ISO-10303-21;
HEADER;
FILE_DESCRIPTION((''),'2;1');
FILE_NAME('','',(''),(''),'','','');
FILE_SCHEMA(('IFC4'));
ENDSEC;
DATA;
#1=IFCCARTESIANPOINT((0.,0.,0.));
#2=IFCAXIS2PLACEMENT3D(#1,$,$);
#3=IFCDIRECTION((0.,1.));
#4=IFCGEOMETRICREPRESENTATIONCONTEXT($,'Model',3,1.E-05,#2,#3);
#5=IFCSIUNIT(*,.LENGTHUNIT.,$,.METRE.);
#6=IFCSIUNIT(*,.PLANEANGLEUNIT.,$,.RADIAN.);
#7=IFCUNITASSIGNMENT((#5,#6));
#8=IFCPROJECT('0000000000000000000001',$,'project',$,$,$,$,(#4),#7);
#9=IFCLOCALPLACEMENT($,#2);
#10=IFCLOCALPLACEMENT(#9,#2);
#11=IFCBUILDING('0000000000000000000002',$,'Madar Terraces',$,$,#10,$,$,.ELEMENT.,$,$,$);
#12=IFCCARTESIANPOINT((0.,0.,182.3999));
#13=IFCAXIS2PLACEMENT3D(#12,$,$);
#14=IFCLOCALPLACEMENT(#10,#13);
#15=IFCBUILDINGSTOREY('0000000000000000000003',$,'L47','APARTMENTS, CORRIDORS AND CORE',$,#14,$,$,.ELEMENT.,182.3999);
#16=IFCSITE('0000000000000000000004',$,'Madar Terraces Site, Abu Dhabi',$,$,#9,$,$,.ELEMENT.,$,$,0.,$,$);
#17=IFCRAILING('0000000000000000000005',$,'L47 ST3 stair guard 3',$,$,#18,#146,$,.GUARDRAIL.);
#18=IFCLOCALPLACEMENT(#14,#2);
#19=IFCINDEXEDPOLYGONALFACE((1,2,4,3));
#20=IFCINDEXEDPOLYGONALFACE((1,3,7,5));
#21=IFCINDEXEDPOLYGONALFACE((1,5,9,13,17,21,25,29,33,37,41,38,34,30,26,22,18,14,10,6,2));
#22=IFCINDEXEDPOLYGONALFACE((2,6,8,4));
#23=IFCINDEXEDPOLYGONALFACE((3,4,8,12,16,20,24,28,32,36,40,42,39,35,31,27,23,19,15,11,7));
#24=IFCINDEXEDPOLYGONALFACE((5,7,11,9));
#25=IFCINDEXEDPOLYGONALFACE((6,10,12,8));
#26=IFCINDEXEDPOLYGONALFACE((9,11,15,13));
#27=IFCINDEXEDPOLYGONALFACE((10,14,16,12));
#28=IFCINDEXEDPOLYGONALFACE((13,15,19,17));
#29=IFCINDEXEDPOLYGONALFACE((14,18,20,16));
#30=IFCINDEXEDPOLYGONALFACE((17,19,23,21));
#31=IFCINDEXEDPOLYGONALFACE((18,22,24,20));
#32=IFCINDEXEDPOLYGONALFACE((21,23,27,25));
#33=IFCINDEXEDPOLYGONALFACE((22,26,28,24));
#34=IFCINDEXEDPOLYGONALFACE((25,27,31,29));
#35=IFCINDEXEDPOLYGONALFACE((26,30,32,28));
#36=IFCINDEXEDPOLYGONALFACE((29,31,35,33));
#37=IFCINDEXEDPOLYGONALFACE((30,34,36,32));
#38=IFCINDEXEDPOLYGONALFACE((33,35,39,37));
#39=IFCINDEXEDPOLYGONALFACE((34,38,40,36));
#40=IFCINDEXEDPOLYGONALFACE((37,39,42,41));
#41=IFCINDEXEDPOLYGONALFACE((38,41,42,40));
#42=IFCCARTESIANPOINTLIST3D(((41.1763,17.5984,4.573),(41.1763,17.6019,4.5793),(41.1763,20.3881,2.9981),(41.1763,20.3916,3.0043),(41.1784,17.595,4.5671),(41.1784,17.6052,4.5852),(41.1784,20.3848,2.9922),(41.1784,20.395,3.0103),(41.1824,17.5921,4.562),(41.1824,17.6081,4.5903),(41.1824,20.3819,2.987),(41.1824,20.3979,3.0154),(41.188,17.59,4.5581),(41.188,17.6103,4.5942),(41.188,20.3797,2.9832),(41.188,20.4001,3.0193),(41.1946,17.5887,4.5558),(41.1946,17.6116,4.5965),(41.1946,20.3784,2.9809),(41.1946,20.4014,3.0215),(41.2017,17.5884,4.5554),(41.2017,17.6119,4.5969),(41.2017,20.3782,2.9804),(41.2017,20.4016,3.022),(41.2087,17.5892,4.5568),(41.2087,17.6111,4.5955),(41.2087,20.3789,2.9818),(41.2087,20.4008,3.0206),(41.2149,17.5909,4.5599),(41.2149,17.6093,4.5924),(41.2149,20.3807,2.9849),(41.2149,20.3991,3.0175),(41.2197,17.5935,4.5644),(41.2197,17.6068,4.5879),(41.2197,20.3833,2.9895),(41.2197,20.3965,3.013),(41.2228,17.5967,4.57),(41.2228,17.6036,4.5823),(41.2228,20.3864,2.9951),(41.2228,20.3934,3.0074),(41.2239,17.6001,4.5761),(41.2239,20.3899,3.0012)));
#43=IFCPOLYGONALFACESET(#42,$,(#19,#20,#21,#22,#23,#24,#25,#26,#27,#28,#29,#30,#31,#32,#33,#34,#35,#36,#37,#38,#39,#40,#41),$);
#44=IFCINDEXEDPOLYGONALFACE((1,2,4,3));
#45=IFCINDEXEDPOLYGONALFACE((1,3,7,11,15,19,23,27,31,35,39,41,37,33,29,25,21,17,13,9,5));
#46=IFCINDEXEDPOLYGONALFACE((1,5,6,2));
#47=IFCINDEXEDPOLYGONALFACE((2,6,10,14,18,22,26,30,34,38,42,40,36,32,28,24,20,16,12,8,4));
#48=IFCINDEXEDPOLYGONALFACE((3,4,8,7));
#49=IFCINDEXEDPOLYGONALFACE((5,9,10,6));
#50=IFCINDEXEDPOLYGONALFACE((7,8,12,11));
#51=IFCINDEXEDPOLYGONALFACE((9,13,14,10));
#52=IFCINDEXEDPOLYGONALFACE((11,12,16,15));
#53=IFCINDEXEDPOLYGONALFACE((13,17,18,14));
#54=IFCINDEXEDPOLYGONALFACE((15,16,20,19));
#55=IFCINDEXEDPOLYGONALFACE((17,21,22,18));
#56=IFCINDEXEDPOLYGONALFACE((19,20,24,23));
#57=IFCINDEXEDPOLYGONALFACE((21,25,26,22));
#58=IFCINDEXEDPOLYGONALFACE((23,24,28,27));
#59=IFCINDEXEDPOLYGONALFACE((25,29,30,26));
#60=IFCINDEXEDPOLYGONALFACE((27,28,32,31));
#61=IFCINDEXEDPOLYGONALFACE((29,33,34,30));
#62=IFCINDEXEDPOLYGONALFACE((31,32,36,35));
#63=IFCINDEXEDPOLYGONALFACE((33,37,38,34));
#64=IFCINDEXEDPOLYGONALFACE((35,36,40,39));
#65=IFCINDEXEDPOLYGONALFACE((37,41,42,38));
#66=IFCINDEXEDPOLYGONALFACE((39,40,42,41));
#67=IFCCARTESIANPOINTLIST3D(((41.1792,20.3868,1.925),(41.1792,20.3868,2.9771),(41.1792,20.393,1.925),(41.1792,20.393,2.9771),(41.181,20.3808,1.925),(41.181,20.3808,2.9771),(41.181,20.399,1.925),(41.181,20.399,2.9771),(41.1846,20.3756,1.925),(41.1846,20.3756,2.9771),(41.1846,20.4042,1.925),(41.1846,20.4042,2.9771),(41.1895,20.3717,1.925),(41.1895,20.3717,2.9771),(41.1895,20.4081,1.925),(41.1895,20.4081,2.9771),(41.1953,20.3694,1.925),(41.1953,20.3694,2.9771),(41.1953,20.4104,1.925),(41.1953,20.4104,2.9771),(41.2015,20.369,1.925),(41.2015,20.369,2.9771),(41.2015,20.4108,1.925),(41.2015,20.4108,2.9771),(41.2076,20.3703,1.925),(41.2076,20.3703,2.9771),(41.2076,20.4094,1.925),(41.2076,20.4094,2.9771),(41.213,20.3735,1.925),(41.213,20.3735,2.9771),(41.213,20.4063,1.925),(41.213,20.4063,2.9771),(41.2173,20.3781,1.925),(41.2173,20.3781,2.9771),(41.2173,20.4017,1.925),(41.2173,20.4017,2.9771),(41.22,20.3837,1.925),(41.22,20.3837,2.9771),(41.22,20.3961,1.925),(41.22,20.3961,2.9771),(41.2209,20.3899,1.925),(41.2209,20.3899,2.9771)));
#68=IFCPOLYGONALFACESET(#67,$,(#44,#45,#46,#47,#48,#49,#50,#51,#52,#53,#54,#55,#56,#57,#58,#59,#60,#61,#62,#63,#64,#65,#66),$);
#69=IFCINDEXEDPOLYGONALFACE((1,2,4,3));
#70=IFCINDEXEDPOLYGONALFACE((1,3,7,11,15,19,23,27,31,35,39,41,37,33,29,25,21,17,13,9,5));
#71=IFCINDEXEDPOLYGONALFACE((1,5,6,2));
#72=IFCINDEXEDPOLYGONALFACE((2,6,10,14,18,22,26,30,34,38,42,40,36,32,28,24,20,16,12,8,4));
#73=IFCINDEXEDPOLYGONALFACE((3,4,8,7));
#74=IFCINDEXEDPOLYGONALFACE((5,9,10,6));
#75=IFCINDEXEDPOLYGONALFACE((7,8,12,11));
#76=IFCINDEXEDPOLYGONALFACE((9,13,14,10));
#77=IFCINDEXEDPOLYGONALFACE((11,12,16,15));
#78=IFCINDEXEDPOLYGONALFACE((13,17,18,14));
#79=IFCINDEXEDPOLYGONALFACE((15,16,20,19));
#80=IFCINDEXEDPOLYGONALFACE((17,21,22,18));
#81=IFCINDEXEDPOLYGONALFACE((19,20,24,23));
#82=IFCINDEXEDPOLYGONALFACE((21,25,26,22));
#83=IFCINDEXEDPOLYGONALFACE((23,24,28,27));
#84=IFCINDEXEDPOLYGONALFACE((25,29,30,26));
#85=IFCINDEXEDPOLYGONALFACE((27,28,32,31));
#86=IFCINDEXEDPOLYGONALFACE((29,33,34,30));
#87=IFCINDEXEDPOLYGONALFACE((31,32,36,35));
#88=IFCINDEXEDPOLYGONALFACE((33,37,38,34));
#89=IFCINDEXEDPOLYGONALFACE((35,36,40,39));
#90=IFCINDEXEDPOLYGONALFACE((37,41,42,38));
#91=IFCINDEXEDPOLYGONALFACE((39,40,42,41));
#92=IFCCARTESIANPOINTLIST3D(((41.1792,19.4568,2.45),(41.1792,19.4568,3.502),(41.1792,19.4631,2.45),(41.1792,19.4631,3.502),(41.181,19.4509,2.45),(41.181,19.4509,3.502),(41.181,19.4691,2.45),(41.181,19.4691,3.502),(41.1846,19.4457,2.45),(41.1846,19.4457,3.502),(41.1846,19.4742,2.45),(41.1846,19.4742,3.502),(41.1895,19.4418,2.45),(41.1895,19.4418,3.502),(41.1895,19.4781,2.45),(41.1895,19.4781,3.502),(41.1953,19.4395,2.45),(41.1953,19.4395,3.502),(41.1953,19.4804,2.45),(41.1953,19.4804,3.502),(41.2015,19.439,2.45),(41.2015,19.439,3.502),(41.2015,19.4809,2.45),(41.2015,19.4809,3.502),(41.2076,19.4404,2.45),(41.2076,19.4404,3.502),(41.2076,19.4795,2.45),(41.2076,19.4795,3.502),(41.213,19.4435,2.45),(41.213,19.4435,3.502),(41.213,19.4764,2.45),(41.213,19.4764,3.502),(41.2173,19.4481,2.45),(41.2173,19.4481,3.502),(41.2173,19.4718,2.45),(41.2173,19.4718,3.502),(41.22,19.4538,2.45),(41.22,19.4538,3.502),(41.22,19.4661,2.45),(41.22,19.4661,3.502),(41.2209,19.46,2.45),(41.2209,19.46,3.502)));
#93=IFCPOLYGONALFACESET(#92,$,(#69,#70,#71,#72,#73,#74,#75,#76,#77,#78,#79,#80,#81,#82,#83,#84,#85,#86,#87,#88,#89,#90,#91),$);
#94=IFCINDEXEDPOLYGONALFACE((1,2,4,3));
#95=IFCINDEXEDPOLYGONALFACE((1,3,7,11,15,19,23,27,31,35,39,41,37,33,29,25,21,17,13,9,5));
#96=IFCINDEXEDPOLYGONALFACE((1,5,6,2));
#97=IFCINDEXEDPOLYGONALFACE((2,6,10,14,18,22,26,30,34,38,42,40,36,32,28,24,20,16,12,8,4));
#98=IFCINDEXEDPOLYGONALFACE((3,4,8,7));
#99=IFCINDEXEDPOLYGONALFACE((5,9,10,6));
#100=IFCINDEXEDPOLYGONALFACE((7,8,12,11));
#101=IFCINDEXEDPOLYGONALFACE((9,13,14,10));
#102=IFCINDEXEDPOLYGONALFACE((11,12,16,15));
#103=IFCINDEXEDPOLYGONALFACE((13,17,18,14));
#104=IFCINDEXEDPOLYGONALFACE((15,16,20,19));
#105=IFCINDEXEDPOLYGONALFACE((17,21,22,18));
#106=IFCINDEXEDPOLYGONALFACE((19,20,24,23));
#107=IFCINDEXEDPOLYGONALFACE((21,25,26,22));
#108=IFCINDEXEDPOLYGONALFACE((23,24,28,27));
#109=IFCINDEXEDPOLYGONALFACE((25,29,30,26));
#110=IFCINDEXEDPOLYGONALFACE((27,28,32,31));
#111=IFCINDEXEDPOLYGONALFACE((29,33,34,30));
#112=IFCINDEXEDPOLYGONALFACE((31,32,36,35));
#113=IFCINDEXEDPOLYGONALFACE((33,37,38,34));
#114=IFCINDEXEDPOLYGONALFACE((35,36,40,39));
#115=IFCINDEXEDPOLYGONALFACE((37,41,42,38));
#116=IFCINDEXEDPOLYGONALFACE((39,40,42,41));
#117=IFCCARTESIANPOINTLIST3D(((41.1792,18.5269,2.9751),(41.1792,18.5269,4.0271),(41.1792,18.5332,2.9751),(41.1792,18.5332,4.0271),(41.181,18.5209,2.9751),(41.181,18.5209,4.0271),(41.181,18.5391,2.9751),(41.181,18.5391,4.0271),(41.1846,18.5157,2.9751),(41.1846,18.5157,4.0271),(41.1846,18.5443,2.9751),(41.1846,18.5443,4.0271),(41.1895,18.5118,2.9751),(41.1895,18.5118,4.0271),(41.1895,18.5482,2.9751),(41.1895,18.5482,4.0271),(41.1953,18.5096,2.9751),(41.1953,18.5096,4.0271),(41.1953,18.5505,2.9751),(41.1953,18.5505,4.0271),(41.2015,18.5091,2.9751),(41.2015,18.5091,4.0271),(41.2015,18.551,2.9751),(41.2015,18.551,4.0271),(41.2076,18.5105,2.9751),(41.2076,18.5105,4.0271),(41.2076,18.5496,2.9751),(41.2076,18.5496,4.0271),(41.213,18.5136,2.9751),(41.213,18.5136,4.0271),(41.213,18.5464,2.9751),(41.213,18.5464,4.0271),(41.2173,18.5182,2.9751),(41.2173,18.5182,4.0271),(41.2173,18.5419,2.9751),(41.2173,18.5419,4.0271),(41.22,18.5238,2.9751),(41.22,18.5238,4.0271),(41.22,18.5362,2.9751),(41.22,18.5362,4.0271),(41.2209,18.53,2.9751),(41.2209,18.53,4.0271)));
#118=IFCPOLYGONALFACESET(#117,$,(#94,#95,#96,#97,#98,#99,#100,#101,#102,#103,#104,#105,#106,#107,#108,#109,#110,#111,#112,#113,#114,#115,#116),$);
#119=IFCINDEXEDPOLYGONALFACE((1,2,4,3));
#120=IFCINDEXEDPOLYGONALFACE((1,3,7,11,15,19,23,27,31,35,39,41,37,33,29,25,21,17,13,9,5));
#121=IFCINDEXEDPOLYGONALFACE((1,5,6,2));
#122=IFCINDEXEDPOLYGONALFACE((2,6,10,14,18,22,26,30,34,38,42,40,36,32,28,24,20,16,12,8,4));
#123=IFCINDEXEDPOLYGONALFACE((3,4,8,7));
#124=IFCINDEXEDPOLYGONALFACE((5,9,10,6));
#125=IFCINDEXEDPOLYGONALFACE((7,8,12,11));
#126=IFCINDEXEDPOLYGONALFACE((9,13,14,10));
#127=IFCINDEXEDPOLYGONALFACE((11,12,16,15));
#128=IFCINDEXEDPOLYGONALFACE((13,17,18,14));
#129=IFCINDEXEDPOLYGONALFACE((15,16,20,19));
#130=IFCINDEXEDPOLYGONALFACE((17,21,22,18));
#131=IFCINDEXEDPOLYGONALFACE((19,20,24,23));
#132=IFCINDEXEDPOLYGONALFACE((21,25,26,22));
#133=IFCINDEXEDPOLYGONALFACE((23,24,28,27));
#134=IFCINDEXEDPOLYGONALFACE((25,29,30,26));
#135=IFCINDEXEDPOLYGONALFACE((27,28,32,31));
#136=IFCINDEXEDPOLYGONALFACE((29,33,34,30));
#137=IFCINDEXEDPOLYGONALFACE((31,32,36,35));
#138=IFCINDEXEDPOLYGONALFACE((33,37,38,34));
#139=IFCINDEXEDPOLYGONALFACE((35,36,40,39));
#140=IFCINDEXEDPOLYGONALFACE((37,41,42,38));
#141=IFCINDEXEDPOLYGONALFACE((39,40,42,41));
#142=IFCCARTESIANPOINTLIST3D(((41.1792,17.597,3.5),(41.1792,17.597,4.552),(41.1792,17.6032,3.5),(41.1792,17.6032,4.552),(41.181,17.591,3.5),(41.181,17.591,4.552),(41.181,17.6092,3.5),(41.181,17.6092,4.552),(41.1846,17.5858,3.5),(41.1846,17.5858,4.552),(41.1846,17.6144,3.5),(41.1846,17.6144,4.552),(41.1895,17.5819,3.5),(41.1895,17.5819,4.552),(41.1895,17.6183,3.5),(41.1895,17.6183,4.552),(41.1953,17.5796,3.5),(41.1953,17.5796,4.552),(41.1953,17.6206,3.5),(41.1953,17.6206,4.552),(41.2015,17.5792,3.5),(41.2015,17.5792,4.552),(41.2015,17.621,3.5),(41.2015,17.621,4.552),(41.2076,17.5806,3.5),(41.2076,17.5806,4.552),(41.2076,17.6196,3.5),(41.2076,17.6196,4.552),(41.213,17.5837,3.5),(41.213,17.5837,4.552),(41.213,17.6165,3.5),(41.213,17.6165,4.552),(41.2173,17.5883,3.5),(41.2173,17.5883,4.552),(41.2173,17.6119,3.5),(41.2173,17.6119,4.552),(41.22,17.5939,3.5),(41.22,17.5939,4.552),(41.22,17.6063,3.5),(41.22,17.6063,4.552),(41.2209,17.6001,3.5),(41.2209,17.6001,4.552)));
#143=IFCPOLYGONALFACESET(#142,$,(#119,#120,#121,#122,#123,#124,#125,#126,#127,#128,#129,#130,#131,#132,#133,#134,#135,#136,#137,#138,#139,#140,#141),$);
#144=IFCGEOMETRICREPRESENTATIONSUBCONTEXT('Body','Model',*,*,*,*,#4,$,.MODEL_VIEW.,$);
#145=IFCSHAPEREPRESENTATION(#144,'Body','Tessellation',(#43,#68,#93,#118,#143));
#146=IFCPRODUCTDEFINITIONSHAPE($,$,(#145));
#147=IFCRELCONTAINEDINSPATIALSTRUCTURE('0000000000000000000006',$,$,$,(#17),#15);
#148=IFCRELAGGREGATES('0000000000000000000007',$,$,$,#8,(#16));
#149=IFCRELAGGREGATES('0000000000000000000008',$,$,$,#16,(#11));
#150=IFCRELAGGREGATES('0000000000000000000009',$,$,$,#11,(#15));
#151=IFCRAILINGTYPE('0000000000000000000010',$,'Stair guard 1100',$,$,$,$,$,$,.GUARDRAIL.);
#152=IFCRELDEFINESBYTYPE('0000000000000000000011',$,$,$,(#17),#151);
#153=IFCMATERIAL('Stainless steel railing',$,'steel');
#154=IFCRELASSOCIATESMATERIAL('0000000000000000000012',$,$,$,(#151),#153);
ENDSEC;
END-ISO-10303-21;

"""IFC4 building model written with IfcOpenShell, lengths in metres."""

from ifc_helpers import new_model, si_unit, direction, frame, origin, origin_2d, place, context, subcontext, project, spatial, circle, extrude, material, type_object, element, save


model = new_model("IFC4")

# Units and contexts
model_context = context("Model", 3, precision=1e-05, world=origin(), true_north=direction((0.0, 1.0)))
body_context = subcontext(model_context, "Body", "Model", "MODEL_VIEW")
ifc_project = project(units=[si_unit("LENGTHUNIT", "METRE"), si_unit("PLANEANGLEUNIT", "RADIAN")], contexts=[model_context])

# Site, building, storey
site_placement = place(None, origin())
site = spatial("IfcSite", under=ifc_project, at=site_placement, Name="Madar Terraces Site, Abu Dhabi", CompositionType="ELEMENT", RefElevation=0.0)
building_placement = place(site_placement, origin())
building = spatial("IfcBuilding", under=site, at=building_placement, Name="Madar Terraces", CompositionType="ELEMENT")
storey_placement = place(building_placement, frame((0.0, 0.0, 182.3999)))
storey = spatial("IfcBuildingStorey", under=building, at=storey_placement, Name="L47", Description="APARTMENTS, CORRIDORS AND CORE", CompositionType="ELEMENT", Elevation=182.3999)

# Railing
ifc_material_1 = material(Name="Stainless steel railing", Category="steel")
railing_type_1 = type_object("IfcRailingType", Name="Stair guard 1100", PredefinedType="GUARDRAIL", material=ifc_material_1)
railing_1_placement = place(storey_placement, frame((41.2, 20.3899, 1.925)))
element("IfcRailing", 1, at=railing_1_placement, inside=storey, type_object=railing_type_1, Name="L47 ST3 stair guard 3", PredefinedType="GUARDRAIL", context=body_context, shape_type="SweptSolid", body=[
    extrude(circle(Radius=0.0239, at=origin_2d()), frame((0.0, 0.0, 1.0762), z_axis=(0.0, -0.870815, 0.49161), x_axis=(1.0, 0.0, 0.0)), (0.0, 0.0, 1.0), 3.2036),
    extrude(circle(Radius=0.021, at=origin_2d()), origin(), (0.0, 0.0, 1.0), 1.052),
    extrude(circle(Radius=0.021, at=origin_2d()), frame((0.0, -0.9299, 0.5249)), (0.0, 0.0, 1.0), 1.052),
    extrude(circle(Radius=0.021, at=origin_2d()), frame((0.0, -1.8599, 1.05)), (0.0, 0.0, 1.0), 1.052),
    extrude(circle(Radius=0.021, at=origin_2d()), frame((0.0, -2.7898, 1.575)), (0.0, 0.0, 1.0), 1.052),
])

save(model, "model.ifc")
